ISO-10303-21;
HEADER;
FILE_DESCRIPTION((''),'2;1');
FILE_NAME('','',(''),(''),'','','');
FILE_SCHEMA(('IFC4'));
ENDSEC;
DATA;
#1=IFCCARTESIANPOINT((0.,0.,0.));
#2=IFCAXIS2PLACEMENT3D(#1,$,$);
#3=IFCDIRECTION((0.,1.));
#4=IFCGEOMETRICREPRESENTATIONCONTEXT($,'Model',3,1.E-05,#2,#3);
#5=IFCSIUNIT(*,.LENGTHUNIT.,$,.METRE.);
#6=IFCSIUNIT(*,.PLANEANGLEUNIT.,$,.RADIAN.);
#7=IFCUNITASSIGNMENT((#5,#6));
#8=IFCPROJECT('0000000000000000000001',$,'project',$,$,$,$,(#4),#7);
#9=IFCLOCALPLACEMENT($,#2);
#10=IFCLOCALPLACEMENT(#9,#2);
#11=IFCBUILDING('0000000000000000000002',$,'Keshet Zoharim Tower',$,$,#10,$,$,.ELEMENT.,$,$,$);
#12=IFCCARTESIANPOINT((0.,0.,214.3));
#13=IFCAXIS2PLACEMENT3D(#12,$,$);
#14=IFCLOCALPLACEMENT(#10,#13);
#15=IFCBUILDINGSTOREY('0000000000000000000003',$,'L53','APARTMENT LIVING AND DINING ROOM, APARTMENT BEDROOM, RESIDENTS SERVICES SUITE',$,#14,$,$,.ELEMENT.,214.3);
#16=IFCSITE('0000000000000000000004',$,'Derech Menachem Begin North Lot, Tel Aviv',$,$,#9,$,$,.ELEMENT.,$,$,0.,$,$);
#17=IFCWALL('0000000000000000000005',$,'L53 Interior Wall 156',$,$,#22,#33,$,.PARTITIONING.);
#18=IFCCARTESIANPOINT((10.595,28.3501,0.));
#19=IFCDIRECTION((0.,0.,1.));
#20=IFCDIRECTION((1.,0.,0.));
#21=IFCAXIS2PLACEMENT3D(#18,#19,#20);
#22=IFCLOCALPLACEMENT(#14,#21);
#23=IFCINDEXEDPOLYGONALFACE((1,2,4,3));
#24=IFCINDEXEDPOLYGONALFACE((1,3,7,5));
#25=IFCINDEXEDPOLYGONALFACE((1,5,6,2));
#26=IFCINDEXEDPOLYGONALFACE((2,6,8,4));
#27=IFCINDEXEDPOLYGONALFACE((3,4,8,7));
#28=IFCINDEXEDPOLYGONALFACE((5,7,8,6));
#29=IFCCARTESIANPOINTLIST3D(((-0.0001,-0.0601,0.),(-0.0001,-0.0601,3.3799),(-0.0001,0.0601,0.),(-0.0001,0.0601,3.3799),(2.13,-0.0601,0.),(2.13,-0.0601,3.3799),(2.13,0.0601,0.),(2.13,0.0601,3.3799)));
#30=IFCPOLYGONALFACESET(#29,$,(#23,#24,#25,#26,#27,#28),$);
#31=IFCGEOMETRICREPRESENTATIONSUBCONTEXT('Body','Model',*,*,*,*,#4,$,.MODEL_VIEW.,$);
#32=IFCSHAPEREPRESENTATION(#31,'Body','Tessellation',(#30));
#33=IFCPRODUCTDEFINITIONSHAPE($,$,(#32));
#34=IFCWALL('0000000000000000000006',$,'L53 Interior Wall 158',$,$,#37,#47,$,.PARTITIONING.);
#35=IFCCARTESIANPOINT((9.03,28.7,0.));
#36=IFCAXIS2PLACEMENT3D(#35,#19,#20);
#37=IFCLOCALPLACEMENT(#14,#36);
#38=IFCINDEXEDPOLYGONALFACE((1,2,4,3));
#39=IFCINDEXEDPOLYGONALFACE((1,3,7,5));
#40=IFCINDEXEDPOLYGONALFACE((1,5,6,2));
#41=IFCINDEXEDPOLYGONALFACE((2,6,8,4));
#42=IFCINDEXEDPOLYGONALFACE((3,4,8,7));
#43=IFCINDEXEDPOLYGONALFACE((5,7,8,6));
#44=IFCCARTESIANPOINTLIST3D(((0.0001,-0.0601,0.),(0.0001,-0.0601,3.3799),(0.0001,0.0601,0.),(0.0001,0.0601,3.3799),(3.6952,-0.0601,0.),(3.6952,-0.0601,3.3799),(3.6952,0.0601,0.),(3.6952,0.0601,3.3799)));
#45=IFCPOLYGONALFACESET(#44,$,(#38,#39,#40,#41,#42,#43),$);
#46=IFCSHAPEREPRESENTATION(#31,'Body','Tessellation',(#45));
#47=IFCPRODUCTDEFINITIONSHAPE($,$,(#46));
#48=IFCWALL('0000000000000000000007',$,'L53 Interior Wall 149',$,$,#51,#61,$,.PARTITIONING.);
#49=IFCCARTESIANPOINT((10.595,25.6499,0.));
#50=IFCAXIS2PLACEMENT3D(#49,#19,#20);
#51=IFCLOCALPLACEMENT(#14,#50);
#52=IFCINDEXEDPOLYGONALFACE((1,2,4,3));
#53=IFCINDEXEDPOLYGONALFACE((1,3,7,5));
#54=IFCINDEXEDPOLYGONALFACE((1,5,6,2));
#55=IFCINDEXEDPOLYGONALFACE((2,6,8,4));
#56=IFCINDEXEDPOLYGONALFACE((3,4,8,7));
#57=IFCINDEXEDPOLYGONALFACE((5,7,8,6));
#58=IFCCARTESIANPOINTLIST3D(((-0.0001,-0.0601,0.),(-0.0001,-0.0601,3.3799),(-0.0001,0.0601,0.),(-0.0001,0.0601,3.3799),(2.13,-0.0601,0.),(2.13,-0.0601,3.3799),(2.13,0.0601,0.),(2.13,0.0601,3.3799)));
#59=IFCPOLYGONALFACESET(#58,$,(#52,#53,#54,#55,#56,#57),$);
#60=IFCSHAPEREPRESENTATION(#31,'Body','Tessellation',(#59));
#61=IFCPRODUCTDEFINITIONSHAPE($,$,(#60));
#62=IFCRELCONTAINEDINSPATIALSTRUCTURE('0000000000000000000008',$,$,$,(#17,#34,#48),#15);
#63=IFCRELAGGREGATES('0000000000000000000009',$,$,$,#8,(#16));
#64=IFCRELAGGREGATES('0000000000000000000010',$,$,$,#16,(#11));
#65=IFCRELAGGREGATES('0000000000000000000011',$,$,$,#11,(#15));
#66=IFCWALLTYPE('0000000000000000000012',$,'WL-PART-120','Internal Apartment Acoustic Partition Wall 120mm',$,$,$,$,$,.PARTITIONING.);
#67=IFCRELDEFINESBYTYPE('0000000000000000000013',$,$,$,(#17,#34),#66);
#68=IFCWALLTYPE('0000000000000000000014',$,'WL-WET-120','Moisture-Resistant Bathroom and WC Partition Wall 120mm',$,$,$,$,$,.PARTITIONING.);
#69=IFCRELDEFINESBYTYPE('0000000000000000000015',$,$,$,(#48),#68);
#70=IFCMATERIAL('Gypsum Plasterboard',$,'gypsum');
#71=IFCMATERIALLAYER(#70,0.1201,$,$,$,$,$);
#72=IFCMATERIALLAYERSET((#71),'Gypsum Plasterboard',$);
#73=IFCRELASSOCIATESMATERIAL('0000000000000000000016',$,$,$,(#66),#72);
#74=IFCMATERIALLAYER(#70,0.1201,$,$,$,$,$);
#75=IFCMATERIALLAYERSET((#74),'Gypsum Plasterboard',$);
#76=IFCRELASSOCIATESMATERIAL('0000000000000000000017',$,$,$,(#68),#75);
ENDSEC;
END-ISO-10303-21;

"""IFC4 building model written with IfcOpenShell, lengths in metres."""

from ifc_helpers import new_model, si_unit, direction, frame, frame_2d, origin, place, context, subcontext, project, spatial, rectangle, extrude, material, layer, layer_set, type_object, element, save


model = new_model("IFC4")

# Units and contexts
model_context = context("Model", 3, precision=1e-05, world=origin(), true_north=direction((0.0, 1.0)))
body_context = subcontext(model_context, "Body", "Model", "MODEL_VIEW")
ifc_project = project(units=[si_unit("LENGTHUNIT", "METRE"), si_unit("PLANEANGLEUNIT", "RADIAN")], contexts=[model_context])

# Site, building, storey
site_placement = place(None, origin())
site = spatial("IfcSite", under=ifc_project, at=site_placement, Name="Derech Menachem Begin North Lot, Tel Aviv", CompositionType="ELEMENT", RefElevation=0.0)
building_placement = place(site_placement, origin())
building = spatial("IfcBuilding", under=site, at=building_placement, Name="Keshet Zoharim Tower", CompositionType="ELEMENT")
storey_placement = place(building_placement, frame((0.0, 0.0, 214.3)))
storey = spatial("IfcBuildingStorey", under=building, at=storey_placement, Name="L53", Description="APARTMENT LIVING AND DINING ROOM, APARTMENT BEDROOM, RESIDENTS SERVICES SUITE", CompositionType="ELEMENT", Elevation=214.3)

# Shared definitions
ifc_material_1 = material(Name="Gypsum Plasterboard", Category="gypsum")

# Walls
ifc_layer_1 = layer(ifc_material_1, 0.1201)
ifc_layer_set_1 = layer_set([ifc_layer_1], Name="Gypsum Plasterboard")
wall_type_1 = type_object("IfcWallType", Name="WL-PART-120", Description="Internal Apartment Acoustic Partition Wall 120mm", PredefinedType="PARTITIONING", material=ifc_layer_set_1)
wall_1_placement = place(storey_placement, frame((10.595, 28.3501, 0.0), z_axis=(0.0, 0.0, 1.0), x_axis=(1.0, 0.0, 0.0)))
element("IfcWall", 1, at=wall_1_placement, inside=storey, type_object=wall_type_1, Name="L53 Interior Wall 156", PredefinedType="PARTITIONING", context=body_context, shape_type="SweptSolid", body=[
    extrude(rectangle(XDim=2.1301, YDim=0.1201, at=frame_2d((1.0649, 0.0))), origin(), (0.0, 0.0, 1.0), 3.3799),
])
wall_2_placement = place(storey_placement, frame((9.03, 28.7, 0.0), z_axis=(0.0, 0.0, 1.0), x_axis=(1.0, 0.0, 0.0)))
element("IfcWall", 2, at=wall_2_placement, inside=storey, type_object=wall_type_1, Name="L53 Interior Wall 158", PredefinedType="PARTITIONING", context=body_context, shape_type="SweptSolid", body=[
    extrude(rectangle(XDim=3.6951, YDim=0.1201, at=frame_2d((1.8477, 0.0))), origin(), (0.0, 0.0, 1.0), 3.3799),
])

# Wall
ifc_layer_2 = layer(ifc_material_1, 0.1201)
ifc_layer_set_2 = layer_set([ifc_layer_2], Name="Gypsum Plasterboard")
wall_type_2 = type_object("IfcWallType", Name="WL-WET-120", Description="Moisture-Resistant Bathroom and WC Partition Wall 120mm", PredefinedType="PARTITIONING", material=ifc_layer_set_2)
wall_3_placement = place(storey_placement, frame((10.595, 25.6499, 0.0), z_axis=(0.0, 0.0, 1.0), x_axis=(1.0, 0.0, 0.0)))
element("IfcWall", 3, at=wall_3_placement, inside=storey, type_object=wall_type_2, Name="L53 Interior Wall 149", PredefinedType="PARTITIONING", context=body_context, shape_type="SweptSolid", body=[
    extrude(rectangle(XDim=2.1301, YDim=0.1201, at=frame_2d((1.0649, 0.0))), origin(), (0.0, 0.0, 1.0), 3.3799),
])

save(model, "model.ifc")
